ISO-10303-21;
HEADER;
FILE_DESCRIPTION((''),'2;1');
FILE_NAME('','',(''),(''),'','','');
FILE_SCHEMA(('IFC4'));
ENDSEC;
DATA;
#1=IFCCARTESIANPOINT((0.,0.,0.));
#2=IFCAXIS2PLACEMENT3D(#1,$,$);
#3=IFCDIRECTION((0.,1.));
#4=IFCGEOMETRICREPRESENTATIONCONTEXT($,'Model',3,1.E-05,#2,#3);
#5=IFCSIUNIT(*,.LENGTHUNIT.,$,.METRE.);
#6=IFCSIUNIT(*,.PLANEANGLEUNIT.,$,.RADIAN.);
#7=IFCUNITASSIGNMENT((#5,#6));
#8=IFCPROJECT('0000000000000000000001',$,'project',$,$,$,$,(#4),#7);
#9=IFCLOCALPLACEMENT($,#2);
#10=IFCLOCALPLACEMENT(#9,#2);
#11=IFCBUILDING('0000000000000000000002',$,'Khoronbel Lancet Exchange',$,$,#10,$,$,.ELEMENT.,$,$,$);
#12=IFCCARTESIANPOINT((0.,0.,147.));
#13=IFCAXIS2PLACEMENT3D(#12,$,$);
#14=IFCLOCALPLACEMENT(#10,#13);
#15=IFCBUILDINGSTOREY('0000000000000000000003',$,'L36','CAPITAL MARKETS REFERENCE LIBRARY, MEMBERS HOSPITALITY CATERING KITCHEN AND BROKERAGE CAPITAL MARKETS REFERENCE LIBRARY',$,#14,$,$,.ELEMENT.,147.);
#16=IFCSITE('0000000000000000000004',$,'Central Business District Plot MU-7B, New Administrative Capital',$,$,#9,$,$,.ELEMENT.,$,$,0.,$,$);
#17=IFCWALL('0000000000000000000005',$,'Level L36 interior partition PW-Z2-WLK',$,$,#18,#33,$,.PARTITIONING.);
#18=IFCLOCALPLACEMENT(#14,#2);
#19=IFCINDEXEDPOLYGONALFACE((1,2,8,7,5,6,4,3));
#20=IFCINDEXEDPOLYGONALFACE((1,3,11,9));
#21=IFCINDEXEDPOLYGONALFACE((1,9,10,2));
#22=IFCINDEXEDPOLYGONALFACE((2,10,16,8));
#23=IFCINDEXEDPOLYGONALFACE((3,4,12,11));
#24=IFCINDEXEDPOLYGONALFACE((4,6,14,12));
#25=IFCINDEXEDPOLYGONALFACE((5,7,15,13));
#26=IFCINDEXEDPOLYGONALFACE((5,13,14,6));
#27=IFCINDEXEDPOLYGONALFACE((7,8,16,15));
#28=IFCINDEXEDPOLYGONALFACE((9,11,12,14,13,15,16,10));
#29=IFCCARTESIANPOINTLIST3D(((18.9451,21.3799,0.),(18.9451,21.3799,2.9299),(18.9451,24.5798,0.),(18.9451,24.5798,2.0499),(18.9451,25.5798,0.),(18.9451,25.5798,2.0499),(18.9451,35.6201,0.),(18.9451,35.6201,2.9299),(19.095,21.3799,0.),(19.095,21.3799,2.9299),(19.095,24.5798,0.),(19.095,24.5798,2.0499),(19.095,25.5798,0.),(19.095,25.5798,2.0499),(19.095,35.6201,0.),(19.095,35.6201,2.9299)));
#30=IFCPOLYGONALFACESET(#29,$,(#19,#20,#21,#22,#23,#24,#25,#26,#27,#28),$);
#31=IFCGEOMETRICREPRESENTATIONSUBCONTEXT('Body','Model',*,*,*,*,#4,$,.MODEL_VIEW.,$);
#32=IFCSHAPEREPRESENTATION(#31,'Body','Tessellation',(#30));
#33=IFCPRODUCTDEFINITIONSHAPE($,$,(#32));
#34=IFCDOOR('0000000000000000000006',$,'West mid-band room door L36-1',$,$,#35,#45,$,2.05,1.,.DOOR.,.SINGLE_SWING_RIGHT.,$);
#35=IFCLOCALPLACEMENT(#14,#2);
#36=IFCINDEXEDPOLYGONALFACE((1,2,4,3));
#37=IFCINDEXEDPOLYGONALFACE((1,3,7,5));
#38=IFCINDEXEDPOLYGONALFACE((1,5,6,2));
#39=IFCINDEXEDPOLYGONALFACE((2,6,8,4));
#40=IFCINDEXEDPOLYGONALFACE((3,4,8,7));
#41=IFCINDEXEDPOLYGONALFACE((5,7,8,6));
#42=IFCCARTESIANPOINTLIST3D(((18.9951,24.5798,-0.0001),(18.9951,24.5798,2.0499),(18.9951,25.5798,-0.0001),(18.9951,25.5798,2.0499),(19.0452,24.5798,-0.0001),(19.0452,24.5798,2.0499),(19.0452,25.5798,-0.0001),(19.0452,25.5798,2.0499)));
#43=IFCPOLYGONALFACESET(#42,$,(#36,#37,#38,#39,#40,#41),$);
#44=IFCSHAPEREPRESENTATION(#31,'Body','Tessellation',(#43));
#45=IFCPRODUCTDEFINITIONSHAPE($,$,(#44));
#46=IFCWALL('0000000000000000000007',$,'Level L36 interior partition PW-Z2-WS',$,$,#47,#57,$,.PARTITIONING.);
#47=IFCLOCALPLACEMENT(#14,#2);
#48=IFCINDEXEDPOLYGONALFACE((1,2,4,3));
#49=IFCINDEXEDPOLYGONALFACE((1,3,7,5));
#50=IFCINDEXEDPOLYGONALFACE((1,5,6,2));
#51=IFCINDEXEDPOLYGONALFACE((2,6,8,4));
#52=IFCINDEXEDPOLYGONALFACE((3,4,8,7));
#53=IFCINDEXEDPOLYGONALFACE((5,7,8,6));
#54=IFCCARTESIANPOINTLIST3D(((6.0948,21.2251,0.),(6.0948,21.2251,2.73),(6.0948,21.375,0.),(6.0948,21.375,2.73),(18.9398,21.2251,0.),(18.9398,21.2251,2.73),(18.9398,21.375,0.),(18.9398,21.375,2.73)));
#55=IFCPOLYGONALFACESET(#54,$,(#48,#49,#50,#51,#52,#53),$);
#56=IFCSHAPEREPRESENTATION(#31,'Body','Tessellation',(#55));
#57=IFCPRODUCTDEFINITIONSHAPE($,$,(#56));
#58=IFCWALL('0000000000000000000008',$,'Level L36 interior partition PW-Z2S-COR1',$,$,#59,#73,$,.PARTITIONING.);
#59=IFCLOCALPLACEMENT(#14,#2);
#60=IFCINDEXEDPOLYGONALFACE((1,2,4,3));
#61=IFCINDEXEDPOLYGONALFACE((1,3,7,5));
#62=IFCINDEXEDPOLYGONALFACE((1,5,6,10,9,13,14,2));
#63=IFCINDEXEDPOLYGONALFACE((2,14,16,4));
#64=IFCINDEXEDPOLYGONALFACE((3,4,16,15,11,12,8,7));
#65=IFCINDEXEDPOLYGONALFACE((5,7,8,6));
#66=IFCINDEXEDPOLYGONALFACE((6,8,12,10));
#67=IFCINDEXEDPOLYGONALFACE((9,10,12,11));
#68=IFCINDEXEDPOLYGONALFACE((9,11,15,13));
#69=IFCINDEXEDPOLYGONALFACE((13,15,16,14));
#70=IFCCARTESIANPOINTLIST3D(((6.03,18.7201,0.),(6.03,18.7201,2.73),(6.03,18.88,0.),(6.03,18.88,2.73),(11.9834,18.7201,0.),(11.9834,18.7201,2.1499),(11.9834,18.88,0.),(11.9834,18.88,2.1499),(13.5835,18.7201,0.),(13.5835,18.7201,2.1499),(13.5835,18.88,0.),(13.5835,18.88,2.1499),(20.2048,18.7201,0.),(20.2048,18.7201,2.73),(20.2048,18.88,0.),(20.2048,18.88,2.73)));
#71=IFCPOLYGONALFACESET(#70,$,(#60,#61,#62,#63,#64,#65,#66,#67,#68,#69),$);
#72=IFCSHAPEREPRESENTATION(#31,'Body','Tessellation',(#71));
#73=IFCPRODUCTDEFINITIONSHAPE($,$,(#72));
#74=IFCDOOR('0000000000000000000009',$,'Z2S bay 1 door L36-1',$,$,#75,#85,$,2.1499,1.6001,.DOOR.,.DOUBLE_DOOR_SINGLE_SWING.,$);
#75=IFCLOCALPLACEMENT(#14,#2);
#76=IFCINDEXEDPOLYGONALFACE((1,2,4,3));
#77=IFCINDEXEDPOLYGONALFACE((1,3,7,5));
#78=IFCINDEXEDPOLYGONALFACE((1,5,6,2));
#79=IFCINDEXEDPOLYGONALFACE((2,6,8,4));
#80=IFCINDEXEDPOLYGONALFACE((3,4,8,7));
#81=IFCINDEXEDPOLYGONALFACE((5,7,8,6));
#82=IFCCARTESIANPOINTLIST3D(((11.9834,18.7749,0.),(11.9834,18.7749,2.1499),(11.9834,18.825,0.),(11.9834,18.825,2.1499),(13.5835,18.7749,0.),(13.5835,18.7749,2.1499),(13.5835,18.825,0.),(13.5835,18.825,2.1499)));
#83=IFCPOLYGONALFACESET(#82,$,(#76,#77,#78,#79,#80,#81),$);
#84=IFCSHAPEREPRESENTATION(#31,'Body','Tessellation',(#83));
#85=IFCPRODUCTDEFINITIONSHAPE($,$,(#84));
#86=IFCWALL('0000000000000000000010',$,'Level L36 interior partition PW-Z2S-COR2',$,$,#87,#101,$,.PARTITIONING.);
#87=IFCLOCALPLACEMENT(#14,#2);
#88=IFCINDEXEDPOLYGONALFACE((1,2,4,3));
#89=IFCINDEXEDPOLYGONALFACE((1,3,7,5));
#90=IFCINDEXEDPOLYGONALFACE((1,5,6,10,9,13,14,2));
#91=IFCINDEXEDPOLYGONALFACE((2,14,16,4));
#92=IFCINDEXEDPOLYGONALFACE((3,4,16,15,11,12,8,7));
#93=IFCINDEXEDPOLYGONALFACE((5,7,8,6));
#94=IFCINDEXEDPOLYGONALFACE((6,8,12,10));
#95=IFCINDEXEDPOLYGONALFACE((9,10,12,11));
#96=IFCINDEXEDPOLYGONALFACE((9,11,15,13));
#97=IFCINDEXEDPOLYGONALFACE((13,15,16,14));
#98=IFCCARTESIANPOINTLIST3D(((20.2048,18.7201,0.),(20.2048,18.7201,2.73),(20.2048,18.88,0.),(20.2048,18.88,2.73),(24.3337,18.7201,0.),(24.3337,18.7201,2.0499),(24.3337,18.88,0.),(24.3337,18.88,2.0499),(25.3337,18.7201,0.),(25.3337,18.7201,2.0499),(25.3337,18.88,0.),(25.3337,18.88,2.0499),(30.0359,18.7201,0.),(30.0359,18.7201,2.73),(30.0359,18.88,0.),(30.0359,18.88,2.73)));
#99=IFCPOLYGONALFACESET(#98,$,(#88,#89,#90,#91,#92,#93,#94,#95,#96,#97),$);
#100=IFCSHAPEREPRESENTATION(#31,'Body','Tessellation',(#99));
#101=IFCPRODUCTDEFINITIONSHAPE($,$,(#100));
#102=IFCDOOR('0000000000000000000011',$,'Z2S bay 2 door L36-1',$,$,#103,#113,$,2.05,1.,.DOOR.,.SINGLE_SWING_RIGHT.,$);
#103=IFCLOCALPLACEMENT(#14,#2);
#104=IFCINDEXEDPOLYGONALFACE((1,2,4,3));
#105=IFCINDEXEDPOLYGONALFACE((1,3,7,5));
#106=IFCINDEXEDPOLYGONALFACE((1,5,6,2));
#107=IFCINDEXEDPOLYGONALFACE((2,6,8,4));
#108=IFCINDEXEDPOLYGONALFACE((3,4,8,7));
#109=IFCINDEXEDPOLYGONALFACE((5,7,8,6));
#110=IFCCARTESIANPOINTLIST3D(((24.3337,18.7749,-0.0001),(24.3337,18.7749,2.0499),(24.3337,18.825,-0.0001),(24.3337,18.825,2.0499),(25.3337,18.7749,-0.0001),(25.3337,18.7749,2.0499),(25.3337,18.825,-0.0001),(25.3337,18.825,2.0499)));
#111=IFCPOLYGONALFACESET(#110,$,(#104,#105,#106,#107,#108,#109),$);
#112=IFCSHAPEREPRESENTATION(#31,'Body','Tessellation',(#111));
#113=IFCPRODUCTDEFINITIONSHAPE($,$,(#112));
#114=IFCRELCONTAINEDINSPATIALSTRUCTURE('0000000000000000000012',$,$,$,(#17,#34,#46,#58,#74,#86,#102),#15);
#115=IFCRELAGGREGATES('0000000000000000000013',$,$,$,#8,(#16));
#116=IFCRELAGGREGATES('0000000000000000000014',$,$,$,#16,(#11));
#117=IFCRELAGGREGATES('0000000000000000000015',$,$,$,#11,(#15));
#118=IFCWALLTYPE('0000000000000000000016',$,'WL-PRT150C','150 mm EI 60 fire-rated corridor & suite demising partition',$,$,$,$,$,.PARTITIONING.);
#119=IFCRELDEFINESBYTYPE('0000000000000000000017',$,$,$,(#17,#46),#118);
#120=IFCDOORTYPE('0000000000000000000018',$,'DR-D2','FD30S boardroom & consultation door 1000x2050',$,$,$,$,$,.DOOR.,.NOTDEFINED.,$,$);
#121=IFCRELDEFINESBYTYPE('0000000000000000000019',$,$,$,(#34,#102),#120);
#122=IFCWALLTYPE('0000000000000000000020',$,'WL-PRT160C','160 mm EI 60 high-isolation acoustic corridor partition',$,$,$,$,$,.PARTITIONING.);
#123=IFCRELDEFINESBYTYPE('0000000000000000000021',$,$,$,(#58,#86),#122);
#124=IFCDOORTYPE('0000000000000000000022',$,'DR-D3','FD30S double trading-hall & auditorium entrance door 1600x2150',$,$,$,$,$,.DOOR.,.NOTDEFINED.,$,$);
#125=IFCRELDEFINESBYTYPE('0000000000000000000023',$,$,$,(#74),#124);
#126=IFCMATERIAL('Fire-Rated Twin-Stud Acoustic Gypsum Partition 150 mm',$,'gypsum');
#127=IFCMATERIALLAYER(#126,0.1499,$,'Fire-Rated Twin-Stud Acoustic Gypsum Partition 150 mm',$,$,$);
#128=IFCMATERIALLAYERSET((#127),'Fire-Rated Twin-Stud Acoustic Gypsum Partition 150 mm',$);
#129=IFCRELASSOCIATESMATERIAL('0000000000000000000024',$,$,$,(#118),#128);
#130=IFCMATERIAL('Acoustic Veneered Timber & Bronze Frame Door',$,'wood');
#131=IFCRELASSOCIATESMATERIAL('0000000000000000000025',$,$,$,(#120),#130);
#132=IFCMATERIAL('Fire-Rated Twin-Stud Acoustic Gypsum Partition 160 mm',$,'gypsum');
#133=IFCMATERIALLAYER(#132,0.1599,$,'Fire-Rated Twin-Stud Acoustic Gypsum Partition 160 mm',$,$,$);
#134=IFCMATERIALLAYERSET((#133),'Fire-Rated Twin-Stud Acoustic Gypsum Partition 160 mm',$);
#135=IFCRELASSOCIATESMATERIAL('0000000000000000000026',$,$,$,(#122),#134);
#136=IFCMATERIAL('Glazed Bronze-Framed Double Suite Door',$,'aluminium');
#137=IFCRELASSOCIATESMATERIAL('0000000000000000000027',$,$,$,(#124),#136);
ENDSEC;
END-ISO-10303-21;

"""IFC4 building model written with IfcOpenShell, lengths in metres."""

from ifc_helpers import new_model, si_unit, direction, frame, frame_2d, origin, place, context, subcontext, project, spatial, rectangle, extrude, material, layer, layer_set, type_object, element, fill, save


model = new_model("IFC4")

# Units and contexts
model_context = context("Model", 3, precision=1e-05, world=origin(), true_north=direction((0.0, 1.0)))
body_context = subcontext(model_context, "Body", "Model", "MODEL_VIEW")
ifc_project = project(units=[si_unit("LENGTHUNIT", "METRE"), si_unit("PLANEANGLEUNIT", "RADIAN")], contexts=[model_context])

# Site, building, storey
site_placement = place(None, origin())
site = spatial("IfcSite", under=ifc_project, at=site_placement, Name="Central Business District Plot MU-7B, New Administrative Capital", CompositionType="ELEMENT", RefElevation=0.0)
building_placement = place(site_placement, origin())
building = spatial("IfcBuilding", under=site, at=building_placement, Name="Khoronbel Lancet Exchange", CompositionType="ELEMENT")
storey_placement = place(building_placement, frame((0.0, 0.0, 147.0)))
storey = spatial("IfcBuildingStorey", under=building, at=storey_placement, Name="L36", Description="CAPITAL MARKETS REFERENCE LIBRARY, MEMBERS HOSPITALITY CATERING KITCHEN AND BROKERAGE CAPITAL MARKETS REFERENCE LIBRARY", CompositionType="ELEMENT", Elevation=147.0)

# Wall, opening, door
ifc_material_1 = material(Name="Fire-Rated Twin-Stud Acoustic Gypsum Partition 150 mm", Category="gypsum")
ifc_layer_1 = layer(ifc_material_1, 0.1499, Name="Fire-Rated Twin-Stud Acoustic Gypsum Partition 150 mm")
ifc_layer_set_1 = layer_set([ifc_layer_1], Name="Fire-Rated Twin-Stud Acoustic Gypsum Partition 150 mm")
wall_type_1 = type_object("IfcWallType", Name="WL-PRT150C", Description="150 mm EI 60 fire-rated corridor & suite demising partition", PredefinedType="PARTITIONING", material=ifc_layer_set_1)
wall_1_placement = place(storey_placement, frame((19.02, 21.3799, 0.0), z_axis=(0.0, 0.0, 1.0), x_axis=(0.0, 1.0, 0.0)))
wall_1 = element("IfcWall", 1, at=wall_1_placement, inside=storey, type_object=wall_type_1, Name="Level L36 interior partition PW-Z2-WLK", PredefinedType="PARTITIONING", context=body_context, shape_type="SweptSolid", body=[
    extrude(rectangle(XDim=14.2402, YDim=0.1499, at=frame_2d((7.1201, 0.0))), origin(), (0.0, 0.0, 1.0), 2.9299),
])
opening_1_placement = place(wall_1_placement, frame((3.2, 0.0, 0.0)))
opening_1 = element("IfcOpeningElement", 2, at=opening_1_placement, cuts=wall_1, PredefinedType="OPENING", context=body_context, shape_type="SweptSolid", body=[
    extrude(rectangle(XDim=1.0, YDim=2.05, at=frame_2d((0.5, 1.0249))), frame((0.0, 0.085, 0.0), z_axis=(0.0, -1.0, 0.0), x_axis=(1.0, 0.0, 0.0)), (0.0, 0.0, 1.0), 0.1699),
])
ifc_material_2 = material(Name="Acoustic Veneered Timber & Bronze Frame Door", Category="wood")
door_type_1 = type_object("IfcDoorType", Name="DR-D2", Description="FD30S boardroom & consultation door 1000x2050", OperationType="NOTDEFINED", PredefinedType="DOOR", material=ifc_material_2)
door_1_placement = place(opening_1_placement, origin())
door_1 = element("IfcDoor", 3, at=door_1_placement, inside=storey, type_object=door_type_1, Name="West mid-band room door L36-1", OperationType="SINGLE_SWING_RIGHT", OverallHeight=2.05, OverallWidth=1.0, PredefinedType="DOOR", context=body_context, shape_type="SweptSolid", body=[
    extrude(rectangle(XDim=1.0, YDim=2.05, at=frame_2d((0.5, 1.0249))), frame((0.0, 0.0249, 0.0), z_axis=(0.0, -1.0, 0.0), x_axis=(1.0, 0.0, 0.0)), (0.0, 0.0, 1.0), 0.05),
])
fill(opening_1, door_1)

# Wall
wall_2_placement = place(storey_placement, frame((6.095, 21.3, 0.0), z_axis=(0.0, 0.0, 1.0), x_axis=(1.0, 0.0, 0.0)))
element("IfcWall", 4, at=wall_2_placement, inside=storey, type_object=wall_type_1, Name="Level L36 interior partition PW-Z2-WS", PredefinedType="PARTITIONING", context=body_context, shape_type="SweptSolid", body=[
    extrude(rectangle(XDim=12.845, YDim=0.1499, at=frame_2d((6.4224, 0.0))), origin(), (0.0, 0.0, 1.0), 2.73),
])

# Walls, openings, doors
ifc_material_3 = material(Name="Fire-Rated Twin-Stud Acoustic Gypsum Partition 160 mm", Category="gypsum")
ifc_layer_2 = layer(ifc_material_3, 0.1599, Name="Fire-Rated Twin-Stud Acoustic Gypsum Partition 160 mm")
ifc_layer_set_2 = layer_set([ifc_layer_2], Name="Fire-Rated Twin-Stud Acoustic Gypsum Partition 160 mm")
wall_type_2 = type_object("IfcWallType", Name="WL-PRT160C", Description="160 mm EI 60 high-isolation acoustic corridor partition", PredefinedType="PARTITIONING", material=ifc_layer_set_2)
wall_3_placement = place(storey_placement, frame((6.03, 18.8, 0.0), z_axis=(0.0, 0.0, 1.0), x_axis=(1.0, 0.0, 0.0)))
wall_3 = element("IfcWall", 5, at=wall_3_placement, inside=storey, type_object=wall_type_2, Name="Level L36 interior partition PW-Z2S-COR1", PredefinedType="PARTITIONING", context=body_context, shape_type="SweptSolid", body=[
    extrude(rectangle(XDim=14.1748, YDim=0.1599, at=frame_2d((7.0874, 0.0))), origin(), (0.0, 0.0, 1.0), 2.73),
])
opening_2_placement = place(wall_3_placement, frame((5.9534, 0.0, 0.0)))
opening_2 = element("IfcOpeningElement", 6, at=opening_2_placement, cuts=wall_3, PredefinedType="OPENING", context=body_context, shape_type="SweptSolid", body=[
    extrude(rectangle(XDim=1.6001, YDim=2.1499, at=frame_2d((0.8, 1.075))), frame((0.0, 0.0898, 0.0), z_axis=(0.0, -1.0, 0.0), x_axis=(1.0, 0.0, 0.0)), (0.0, 0.0, 1.0), 0.1799),
])
ifc_material_4 = material(Name="Glazed Bronze-Framed Double Suite Door", Category="aluminium")
door_type_2 = type_object("IfcDoorType", Name="DR-D3", Description="FD30S double trading-hall & auditorium entrance door 1600x2150", OperationType="NOTDEFINED", PredefinedType="DOOR", material=ifc_material_4)
door_2_placement = place(opening_2_placement, origin())
door_2 = element("IfcDoor", 7, at=door_2_placement, inside=storey, type_object=door_type_2, Name="Z2S bay 1 door L36-1", OperationType="DOUBLE_DOOR_SINGLE_SWING", OverallHeight=2.1499, OverallWidth=1.6001, PredefinedType="DOOR", context=body_context, shape_type="SweptSolid", body=[
    extrude(rectangle(XDim=1.6001, YDim=2.1499, at=frame_2d((0.8, 1.075))), frame((0.0, 0.0249, 0.0), z_axis=(0.0, -1.0, 0.0), x_axis=(1.0, 0.0, 0.0)), (0.0, 0.0, 1.0), 0.05),
])
fill(opening_2, door_2)
wall_4_placement = place(storey_placement, frame((20.2048, 18.8, 0.0), z_axis=(0.0, 0.0, 1.0), x_axis=(1.0, 0.0, 0.0)))
wall_4 = element("IfcWall", 8, at=wall_4_placement, inside=storey, type_object=wall_type_2, Name="Level L36 interior partition PW-Z2S-COR2", PredefinedType="PARTITIONING", context=body_context, shape_type="SweptSolid", body=[
    extrude(rectangle(XDim=9.8311, YDim=0.1599, at=frame_2d((4.9155, 0.0))), origin(), (0.0, 0.0, 1.0), 2.73),
])
opening_3_placement = place(wall_4_placement, frame((4.1289, 0.0, 0.0)))
opening_3 = element("IfcOpeningElement", 9, at=opening_3_placement, cuts=wall_4, PredefinedType="OPENING", context=body_context, shape_type="SweptSolid", body=[
    extrude(rectangle(XDim=1.0, YDim=2.05, at=frame_2d((0.5, 1.0249))), frame((0.0, 0.0898, 0.0), z_axis=(0.0, -1.0, 0.0), x_axis=(1.0, 0.0, 0.0)), (0.0, 0.0, 1.0), 0.1799),
])
door_3_placement = place(opening_3_placement, origin())
door_3 = element("IfcDoor", 10, at=door_3_placement, inside=storey, type_object=door_type_1, Name="Z2S bay 2 door L36-1", OperationType="SINGLE_SWING_RIGHT", OverallHeight=2.05, OverallWidth=1.0, PredefinedType="DOOR", context=body_context, shape_type="SweptSolid", body=[
    extrude(rectangle(XDim=1.0, YDim=2.05, at=frame_2d((0.5, 1.0249))), frame((0.0, 0.0249, 0.0), z_axis=(0.0, -1.0, 0.0), x_axis=(1.0, 0.0, 0.0)), (0.0, 0.0, 1.0), 0.05),
])
fill(opening_3, door_3)

save(model, "model.ifc")
